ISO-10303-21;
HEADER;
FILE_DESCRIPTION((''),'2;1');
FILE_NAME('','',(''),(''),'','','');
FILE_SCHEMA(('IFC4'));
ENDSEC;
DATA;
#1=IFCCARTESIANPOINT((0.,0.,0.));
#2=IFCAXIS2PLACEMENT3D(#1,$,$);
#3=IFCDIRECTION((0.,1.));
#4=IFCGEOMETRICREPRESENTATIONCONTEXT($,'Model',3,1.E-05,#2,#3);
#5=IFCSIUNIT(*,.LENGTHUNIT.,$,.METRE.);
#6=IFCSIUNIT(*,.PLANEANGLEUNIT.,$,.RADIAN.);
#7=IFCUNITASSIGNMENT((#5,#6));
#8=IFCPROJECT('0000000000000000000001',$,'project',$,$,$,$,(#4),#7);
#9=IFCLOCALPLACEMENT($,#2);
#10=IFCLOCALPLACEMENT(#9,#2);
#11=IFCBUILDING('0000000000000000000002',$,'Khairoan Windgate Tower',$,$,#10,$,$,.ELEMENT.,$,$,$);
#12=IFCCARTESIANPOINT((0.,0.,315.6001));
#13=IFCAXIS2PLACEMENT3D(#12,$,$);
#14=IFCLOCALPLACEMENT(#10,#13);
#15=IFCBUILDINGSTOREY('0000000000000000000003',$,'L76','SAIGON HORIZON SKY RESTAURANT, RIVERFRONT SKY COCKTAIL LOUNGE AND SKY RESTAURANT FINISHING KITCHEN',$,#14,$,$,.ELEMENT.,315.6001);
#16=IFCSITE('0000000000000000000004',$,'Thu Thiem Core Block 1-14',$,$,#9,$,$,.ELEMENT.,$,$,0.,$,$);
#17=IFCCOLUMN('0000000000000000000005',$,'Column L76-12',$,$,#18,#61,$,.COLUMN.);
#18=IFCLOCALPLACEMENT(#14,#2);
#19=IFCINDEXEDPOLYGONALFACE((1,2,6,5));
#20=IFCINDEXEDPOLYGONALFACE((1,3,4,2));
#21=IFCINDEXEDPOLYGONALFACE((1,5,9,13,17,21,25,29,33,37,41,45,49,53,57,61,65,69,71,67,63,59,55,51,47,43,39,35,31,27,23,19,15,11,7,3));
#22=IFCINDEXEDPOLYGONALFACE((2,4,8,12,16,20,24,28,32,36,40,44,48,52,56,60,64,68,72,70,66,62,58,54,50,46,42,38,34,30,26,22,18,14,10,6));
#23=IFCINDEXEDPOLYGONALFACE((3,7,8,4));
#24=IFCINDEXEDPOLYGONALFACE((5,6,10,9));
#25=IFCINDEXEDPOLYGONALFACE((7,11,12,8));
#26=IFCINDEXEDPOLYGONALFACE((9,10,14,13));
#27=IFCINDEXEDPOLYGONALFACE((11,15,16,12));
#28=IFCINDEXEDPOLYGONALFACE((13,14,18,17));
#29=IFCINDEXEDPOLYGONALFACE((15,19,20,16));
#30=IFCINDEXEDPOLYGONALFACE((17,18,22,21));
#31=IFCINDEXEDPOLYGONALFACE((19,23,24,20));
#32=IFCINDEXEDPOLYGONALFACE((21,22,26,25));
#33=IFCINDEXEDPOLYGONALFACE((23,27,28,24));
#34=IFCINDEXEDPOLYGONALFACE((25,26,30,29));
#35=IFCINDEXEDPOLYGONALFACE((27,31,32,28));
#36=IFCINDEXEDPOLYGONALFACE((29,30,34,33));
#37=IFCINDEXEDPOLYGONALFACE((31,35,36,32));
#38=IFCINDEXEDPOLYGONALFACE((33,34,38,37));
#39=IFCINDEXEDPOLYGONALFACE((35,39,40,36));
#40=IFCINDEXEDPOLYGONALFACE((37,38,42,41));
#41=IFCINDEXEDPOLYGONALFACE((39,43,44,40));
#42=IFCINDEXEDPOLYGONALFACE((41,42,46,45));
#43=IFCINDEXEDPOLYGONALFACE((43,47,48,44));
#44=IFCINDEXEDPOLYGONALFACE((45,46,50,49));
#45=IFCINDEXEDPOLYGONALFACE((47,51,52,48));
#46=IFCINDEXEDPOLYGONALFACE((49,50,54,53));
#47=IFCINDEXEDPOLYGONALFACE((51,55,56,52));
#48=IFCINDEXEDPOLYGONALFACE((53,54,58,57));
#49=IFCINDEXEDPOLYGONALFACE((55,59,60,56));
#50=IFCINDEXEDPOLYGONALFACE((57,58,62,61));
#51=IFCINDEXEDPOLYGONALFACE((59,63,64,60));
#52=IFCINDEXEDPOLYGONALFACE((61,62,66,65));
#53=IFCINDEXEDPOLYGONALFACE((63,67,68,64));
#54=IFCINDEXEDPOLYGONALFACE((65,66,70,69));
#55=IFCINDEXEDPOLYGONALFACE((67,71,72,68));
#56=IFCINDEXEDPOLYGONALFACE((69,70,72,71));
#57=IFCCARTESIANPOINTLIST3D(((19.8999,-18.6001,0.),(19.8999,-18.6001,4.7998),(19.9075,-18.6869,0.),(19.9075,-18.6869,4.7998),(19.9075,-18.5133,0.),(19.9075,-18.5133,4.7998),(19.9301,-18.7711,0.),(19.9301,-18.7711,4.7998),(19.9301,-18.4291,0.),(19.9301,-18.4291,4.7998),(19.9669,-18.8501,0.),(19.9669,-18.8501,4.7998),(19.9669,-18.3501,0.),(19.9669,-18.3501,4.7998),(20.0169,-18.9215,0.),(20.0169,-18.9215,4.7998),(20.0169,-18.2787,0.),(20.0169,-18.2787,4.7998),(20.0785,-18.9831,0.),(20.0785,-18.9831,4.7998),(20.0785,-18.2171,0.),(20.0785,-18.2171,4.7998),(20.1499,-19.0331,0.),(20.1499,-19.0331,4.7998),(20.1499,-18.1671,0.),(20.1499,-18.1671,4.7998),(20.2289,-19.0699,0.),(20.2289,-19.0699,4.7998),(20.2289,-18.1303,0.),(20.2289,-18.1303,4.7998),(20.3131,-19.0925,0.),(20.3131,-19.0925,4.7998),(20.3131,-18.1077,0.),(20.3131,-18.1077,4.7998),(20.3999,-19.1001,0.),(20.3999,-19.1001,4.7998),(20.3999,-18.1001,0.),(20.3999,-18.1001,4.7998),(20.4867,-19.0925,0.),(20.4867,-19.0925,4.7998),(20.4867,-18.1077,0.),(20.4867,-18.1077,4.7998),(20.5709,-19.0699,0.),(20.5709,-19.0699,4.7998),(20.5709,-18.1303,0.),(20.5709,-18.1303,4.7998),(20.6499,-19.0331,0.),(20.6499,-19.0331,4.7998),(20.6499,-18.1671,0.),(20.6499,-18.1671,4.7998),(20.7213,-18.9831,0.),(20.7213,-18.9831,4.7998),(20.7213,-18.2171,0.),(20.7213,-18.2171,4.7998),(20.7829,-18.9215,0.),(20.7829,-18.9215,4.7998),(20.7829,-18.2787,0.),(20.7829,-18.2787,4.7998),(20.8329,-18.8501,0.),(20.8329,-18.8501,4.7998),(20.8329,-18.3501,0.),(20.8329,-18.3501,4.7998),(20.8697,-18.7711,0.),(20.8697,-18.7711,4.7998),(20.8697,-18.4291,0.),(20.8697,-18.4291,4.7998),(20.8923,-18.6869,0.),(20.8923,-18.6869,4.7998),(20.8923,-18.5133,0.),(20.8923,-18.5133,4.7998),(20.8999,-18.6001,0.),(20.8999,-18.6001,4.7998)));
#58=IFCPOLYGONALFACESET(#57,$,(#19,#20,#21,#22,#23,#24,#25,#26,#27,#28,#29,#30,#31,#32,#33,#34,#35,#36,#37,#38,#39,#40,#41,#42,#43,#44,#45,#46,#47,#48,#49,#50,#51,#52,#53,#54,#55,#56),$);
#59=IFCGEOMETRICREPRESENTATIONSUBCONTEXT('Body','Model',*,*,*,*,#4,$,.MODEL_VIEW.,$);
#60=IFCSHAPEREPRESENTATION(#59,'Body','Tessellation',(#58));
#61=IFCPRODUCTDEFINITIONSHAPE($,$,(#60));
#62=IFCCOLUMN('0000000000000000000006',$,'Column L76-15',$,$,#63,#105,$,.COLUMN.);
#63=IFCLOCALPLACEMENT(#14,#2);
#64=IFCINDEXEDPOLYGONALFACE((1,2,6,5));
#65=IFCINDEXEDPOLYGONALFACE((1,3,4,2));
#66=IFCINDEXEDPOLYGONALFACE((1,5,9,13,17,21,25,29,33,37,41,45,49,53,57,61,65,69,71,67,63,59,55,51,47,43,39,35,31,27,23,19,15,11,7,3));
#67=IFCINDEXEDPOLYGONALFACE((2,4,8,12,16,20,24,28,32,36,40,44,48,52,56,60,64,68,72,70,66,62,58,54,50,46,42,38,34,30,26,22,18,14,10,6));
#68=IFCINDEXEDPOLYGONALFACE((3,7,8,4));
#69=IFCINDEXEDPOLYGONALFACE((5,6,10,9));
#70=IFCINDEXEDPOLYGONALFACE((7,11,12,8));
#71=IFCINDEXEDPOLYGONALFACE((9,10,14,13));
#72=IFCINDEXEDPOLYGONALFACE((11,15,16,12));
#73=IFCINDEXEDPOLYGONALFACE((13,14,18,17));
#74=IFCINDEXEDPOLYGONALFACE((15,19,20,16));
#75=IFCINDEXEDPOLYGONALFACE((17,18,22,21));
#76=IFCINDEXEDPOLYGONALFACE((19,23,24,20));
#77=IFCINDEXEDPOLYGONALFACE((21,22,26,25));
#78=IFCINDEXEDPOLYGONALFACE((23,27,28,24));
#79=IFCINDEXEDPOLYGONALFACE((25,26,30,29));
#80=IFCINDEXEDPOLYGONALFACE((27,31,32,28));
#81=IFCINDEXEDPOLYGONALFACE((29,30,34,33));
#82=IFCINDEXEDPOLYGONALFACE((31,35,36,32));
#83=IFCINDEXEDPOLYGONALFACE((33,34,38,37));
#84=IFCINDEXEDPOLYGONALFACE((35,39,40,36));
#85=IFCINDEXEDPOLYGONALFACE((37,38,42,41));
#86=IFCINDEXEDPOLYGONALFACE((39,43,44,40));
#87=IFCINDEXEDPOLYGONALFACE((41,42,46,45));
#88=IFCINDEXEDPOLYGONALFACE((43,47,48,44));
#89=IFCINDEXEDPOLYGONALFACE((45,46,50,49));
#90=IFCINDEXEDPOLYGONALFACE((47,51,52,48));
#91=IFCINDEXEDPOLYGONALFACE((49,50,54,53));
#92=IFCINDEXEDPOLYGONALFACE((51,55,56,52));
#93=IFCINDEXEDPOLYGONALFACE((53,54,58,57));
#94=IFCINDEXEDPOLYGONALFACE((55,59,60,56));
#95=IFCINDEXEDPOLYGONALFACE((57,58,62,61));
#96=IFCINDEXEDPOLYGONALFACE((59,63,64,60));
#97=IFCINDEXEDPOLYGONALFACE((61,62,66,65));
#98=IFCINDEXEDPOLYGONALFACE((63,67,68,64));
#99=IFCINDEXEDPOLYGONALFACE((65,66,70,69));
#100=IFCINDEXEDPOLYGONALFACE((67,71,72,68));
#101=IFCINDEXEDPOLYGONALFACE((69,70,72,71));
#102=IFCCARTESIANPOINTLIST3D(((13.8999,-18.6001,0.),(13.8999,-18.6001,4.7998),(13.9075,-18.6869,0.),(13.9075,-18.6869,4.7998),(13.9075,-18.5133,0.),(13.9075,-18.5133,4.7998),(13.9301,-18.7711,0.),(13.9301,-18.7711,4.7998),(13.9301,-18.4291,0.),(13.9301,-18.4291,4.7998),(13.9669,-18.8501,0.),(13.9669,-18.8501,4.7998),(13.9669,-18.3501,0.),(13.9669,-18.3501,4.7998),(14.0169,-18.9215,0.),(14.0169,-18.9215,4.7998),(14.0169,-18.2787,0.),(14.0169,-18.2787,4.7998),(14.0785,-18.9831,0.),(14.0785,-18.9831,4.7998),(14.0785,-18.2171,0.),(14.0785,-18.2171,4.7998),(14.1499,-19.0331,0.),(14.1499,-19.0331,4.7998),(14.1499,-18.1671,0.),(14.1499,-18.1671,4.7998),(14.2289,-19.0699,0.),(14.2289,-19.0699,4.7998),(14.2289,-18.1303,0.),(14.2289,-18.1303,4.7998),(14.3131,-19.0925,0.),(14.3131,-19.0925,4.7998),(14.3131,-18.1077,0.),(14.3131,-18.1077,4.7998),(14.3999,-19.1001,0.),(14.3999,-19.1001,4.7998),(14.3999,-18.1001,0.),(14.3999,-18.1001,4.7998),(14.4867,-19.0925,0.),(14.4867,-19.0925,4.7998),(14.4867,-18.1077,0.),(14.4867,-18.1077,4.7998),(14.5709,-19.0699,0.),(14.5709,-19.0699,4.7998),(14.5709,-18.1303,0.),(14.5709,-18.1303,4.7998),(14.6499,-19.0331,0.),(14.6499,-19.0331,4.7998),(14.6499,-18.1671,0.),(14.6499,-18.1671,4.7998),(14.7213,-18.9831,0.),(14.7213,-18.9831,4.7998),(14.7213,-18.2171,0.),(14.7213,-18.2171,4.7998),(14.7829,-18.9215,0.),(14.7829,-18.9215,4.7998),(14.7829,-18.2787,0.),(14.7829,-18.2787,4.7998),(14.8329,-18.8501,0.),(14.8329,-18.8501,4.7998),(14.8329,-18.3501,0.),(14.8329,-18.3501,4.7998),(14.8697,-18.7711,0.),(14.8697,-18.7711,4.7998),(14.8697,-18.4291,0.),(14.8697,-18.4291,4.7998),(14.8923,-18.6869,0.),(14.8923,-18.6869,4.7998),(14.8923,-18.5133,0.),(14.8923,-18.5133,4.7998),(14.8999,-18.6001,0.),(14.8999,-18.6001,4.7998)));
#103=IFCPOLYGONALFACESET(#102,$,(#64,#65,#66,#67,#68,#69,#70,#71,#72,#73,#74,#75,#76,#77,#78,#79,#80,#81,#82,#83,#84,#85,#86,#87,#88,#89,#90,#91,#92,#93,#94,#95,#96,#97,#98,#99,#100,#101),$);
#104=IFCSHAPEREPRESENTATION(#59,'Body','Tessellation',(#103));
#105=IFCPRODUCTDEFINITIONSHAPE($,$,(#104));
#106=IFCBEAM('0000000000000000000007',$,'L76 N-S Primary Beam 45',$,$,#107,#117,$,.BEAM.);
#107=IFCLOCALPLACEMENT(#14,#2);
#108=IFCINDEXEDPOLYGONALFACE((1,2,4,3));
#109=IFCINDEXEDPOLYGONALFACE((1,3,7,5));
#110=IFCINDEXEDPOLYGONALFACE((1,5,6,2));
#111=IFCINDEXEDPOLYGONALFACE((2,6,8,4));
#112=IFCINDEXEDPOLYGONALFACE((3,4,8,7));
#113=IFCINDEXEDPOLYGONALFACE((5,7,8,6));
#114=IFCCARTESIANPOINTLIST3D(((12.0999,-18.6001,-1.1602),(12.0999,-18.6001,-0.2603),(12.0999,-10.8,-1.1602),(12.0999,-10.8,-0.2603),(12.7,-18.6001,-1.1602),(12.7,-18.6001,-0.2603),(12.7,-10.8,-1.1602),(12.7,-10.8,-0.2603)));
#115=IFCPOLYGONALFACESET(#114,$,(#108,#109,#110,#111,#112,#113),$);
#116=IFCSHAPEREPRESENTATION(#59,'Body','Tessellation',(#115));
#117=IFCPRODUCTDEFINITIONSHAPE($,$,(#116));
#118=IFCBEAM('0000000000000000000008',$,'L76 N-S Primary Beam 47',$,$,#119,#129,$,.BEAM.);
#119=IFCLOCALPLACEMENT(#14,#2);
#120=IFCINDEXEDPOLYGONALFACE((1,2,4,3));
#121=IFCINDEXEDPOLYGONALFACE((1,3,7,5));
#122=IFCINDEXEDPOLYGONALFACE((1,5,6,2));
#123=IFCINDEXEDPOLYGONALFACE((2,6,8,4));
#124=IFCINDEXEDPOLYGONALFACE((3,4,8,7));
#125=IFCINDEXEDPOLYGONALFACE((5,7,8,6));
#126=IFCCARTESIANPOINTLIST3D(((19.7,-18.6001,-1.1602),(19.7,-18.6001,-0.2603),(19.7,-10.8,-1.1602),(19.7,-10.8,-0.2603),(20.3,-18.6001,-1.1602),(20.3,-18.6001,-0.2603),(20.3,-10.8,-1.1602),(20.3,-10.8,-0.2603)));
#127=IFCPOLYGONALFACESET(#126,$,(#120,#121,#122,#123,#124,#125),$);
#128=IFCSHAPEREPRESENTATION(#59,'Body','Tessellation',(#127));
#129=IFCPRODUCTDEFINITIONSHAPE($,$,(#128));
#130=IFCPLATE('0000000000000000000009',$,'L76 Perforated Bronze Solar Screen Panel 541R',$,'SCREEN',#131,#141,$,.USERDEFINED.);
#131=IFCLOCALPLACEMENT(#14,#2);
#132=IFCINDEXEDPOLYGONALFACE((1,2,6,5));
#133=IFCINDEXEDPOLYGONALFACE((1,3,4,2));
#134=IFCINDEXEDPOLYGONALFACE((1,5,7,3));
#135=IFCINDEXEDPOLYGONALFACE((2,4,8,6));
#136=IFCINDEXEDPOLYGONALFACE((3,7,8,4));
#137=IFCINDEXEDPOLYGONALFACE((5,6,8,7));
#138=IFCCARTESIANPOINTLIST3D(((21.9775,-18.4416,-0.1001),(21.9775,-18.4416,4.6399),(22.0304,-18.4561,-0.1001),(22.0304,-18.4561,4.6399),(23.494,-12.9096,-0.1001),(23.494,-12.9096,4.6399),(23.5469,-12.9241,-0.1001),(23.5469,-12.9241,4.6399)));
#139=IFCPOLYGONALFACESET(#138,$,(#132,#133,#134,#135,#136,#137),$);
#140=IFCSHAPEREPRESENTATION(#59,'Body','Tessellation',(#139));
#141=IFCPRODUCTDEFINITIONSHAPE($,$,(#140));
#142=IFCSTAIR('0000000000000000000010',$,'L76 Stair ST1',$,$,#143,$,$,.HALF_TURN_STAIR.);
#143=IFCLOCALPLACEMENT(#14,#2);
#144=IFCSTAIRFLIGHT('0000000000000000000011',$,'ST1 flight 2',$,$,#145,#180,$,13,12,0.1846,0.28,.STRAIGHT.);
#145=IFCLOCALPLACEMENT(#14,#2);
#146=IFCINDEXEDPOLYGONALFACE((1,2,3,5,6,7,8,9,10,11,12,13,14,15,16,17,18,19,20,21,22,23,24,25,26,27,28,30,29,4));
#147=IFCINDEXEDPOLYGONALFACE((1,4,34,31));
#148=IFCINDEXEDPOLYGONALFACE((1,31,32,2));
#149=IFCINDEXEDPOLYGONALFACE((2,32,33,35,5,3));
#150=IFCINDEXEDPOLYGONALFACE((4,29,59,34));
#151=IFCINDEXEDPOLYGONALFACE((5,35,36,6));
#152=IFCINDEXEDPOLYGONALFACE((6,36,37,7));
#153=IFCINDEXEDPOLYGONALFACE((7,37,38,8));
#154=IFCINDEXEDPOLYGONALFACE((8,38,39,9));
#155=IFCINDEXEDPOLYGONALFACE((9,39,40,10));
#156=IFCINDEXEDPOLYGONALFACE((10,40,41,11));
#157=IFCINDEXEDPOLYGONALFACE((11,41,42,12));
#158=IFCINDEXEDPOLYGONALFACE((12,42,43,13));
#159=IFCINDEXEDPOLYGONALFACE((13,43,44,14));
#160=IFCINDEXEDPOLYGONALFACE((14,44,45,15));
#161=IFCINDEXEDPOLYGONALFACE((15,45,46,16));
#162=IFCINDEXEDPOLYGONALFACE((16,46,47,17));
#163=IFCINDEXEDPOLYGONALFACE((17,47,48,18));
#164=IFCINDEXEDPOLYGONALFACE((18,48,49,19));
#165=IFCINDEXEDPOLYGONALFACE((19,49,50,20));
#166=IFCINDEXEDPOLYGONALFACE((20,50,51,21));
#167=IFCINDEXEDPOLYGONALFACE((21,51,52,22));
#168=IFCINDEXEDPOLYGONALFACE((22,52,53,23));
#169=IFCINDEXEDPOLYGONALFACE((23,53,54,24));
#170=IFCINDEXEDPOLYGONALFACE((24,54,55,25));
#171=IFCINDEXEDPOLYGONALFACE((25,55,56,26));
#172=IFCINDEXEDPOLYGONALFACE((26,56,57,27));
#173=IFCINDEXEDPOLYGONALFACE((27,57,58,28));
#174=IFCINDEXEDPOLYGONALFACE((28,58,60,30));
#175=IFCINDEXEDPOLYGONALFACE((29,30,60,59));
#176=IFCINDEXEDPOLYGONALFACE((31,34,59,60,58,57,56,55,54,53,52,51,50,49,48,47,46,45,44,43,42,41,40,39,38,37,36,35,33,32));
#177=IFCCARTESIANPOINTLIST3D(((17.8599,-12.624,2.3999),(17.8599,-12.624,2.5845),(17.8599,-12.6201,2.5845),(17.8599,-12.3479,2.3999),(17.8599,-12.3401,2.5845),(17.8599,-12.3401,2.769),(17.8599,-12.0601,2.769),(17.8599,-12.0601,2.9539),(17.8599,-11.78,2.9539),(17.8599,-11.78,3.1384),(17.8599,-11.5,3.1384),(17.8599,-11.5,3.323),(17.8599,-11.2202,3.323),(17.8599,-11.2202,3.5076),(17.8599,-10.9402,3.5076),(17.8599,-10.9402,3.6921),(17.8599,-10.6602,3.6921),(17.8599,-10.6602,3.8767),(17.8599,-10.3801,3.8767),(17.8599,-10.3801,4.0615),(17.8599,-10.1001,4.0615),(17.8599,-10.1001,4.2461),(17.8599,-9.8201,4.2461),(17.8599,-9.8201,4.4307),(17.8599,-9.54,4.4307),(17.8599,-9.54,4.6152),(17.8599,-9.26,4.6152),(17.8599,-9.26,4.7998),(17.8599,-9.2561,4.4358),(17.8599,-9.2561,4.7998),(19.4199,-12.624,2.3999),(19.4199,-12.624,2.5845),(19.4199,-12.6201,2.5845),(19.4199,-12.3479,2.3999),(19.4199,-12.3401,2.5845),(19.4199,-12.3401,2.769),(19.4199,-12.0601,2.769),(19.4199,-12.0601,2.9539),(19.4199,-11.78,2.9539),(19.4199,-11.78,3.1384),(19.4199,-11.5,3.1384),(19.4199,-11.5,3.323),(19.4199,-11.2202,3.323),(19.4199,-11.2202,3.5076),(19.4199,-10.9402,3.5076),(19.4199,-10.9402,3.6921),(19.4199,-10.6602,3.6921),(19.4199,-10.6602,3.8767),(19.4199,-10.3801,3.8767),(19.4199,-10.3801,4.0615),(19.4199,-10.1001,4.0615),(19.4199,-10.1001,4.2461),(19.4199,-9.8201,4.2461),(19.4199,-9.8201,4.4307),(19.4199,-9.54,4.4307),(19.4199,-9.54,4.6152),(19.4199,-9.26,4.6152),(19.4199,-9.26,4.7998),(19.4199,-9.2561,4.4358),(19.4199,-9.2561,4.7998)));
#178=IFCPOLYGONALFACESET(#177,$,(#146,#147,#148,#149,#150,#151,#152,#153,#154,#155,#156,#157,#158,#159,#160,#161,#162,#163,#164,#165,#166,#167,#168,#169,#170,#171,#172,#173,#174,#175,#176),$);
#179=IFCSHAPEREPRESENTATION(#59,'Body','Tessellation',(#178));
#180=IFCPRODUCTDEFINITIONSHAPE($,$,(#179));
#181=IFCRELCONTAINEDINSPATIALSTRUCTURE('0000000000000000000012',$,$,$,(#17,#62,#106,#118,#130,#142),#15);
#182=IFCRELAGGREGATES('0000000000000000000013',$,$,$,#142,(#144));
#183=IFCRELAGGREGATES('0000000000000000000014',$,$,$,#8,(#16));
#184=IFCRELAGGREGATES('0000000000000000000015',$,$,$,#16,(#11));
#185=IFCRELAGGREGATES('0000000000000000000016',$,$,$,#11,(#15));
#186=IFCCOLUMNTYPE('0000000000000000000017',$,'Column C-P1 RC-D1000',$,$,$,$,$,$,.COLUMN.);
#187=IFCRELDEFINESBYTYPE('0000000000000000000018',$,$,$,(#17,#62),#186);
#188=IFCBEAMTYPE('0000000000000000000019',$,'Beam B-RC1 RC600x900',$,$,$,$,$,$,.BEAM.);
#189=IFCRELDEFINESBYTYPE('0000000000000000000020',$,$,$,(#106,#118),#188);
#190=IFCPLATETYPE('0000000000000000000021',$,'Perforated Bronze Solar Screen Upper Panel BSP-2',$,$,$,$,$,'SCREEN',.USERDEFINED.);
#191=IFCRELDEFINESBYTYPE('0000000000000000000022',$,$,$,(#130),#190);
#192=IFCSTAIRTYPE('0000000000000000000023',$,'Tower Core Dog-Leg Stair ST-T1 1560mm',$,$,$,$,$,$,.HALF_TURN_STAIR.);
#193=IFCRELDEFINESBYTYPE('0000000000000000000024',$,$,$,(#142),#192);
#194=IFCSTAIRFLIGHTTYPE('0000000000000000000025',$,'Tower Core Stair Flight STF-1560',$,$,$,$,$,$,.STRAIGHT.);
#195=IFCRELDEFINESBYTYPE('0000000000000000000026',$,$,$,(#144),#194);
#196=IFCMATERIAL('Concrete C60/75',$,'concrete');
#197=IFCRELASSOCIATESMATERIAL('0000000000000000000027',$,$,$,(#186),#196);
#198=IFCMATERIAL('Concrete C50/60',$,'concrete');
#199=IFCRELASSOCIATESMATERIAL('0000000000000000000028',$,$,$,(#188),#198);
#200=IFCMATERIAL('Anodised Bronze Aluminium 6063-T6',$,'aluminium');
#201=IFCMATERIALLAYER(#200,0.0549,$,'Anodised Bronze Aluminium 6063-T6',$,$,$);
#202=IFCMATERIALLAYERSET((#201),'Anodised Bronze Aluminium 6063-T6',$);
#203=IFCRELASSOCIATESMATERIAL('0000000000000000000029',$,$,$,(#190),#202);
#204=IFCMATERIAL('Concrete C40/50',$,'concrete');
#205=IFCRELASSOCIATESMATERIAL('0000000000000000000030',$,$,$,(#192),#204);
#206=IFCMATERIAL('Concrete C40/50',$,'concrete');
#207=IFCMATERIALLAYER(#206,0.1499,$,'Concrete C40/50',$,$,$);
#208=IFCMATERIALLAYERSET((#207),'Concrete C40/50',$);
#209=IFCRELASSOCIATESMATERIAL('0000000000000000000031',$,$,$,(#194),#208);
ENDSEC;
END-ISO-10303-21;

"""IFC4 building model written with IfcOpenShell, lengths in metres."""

from ifc_helpers import new_model, si_unit, direction, frame, origin, origin_2d, place, context, subcontext, project, spatial, polyline, rectangle, circle, outline, extrude, material, layer, layer_set, material_profile, profile_set, type_object, element, aggregate, save


model = new_model("IFC4")

# Units and contexts
model_context = context("Model", 3, precision=1e-05, world=origin(), true_north=direction((0.0, 1.0)))
body_context = subcontext(model_context, "Body", "Model", "MODEL_VIEW")
ifc_project = project(units=[si_unit("LENGTHUNIT", "METRE"), si_unit("PLANEANGLEUNIT", "RADIAN")], contexts=[model_context])

# Site, building, storey
site_placement = place(None, origin())
site = spatial("IfcSite", under=ifc_project, at=site_placement, Name="Thu Thiem Core Block 1-14", CompositionType="ELEMENT", RefElevation=0.0)
building_placement = place(site_placement, origin())
building = spatial("IfcBuilding", under=site, at=building_placement, Name="Khairoan Windgate Tower", CompositionType="ELEMENT")
storey_placement = place(building_placement, frame((0.0, 0.0, 315.6001)))
storey = spatial("IfcBuildingStorey", under=building, at=storey_placement, Name="L76", Description="SAIGON HORIZON SKY RESTAURANT, RIVERFRONT SKY COCKTAIL LOUNGE AND SKY RESTAURANT FINISHING KITCHEN", CompositionType="ELEMENT", Elevation=315.6001)

# Columns
ifc_material_1 = material(Name="Concrete C60/75", Category="concrete")
ifc_material_profile_1 = material_profile(ifc_material_1, circle(Radius=0.5, at=origin_2d()))
ifc_profile_set_1 = profile_set([ifc_material_profile_1], Name="Concrete C60/75")
column_type = type_object("IfcColumnType", Name="Column C-P1 RC-D1000", PredefinedType="COLUMN", material=ifc_profile_set_1)
for number, where, z_axis, x_axis, name in (
    (1, (20.3999, -18.6001, 0.0), (0.0, 0.0, 1.0), (1.0, 0.0, 0.0), "Column L76-12"),
    (2, (14.3999, -18.6001, 0.0), (0.0, 0.0, 1.0), (1.0, 0.0, 0.0), "Column L76-15"),
):
    element("IfcColumn", number, at=place(storey_placement, frame(where, z_axis=z_axis, x_axis=x_axis)), inside=storey, type_object=column_type, Name=name, PredefinedType="COLUMN", context=body_context, shape_type="SweptSolid", body=[
        extrude(circle(Radius=0.5, at=origin_2d()), origin(), (0.0, 0.0, 1.0), 4.7998),
    ])

# Beams
ifc_material_2 = material(Name="Concrete C50/60", Category="concrete")
ifc_material_profile_2 = material_profile(ifc_material_2, rectangle(XDim=0.6001, YDim=0.8999, at=origin_2d()))
ifc_profile_set_2 = profile_set([ifc_material_profile_2], Name="Concrete C50/60")
beam_type = type_object("IfcBeamType", Name="Beam B-RC1 RC600x900", PredefinedType="BEAM", material=ifc_profile_set_2)
for number, where, z_axis, x_axis, name in (
    (3, (12.3999, -18.6001, -0.7102), (0.0, 1.0, 0.0), (-1.0, 0.0, 0.0), "L76 N-S Primary Beam 45"),
    (4, (20.0, -18.6001, -0.7102), (0.0, 1.0, 0.0), (-1.0, 0.0, 0.0), "L76 N-S Primary Beam 47"),
):
    element("IfcBeam", number, at=place(storey_placement, frame(where, z_axis=z_axis, x_axis=x_axis)), inside=storey, type_object=beam_type, Name=name, PredefinedType="BEAM", context=body_context, shape_type="SweptSolid", body=[
        extrude(rectangle(XDim=0.6001, YDim=0.8999, at=origin_2d()), origin(), (0.0, 0.0, 1.0), 7.8),
    ])

# Plate
ifc_material_3 = material(Name="Anodised Bronze Aluminium 6063-T6", Category="aluminium")
ifc_layer_1 = layer(ifc_material_3, 0.0549, Name="Anodised Bronze Aluminium 6063-T6")
ifc_layer_set_1 = layer_set([ifc_layer_1], Name="Anodised Bronze Aluminium 6063-T6")
plate_type = type_object("IfcPlateType", Name="Perforated Bronze Solar Screen Upper Panel BSP-2", ElementType="SCREEN", PredefinedType="USERDEFINED", material=ifc_layer_set_1)
plate_placement = place(storey_placement, frame((22.7622, -15.6829, -0.1001), z_axis=(0.0, 0.0, 1.0), x_axis=(-0.264378, -0.964419, 0.0)))
element("IfcPlate", 5, at=plate_placement, inside=storey, type_object=plate_type, Name="L76 Perforated Bronze Solar Screen Panel 541R", ObjectType="SCREEN", PredefinedType="USERDEFINED", context=body_context, shape_type="SweptSolid", body=[
    extrude(rectangle(XDim=5.7361, YDim=0.0549, at=origin_2d()), origin(), (0.0, 0.0, 1.0), 4.74),
])

# Stair, stair flight
ifc_material_4 = material(Name="Concrete C40/50", Category="concrete")
stair_type = type_object("IfcStairType", Name="Tower Core Dog-Leg Stair ST-T1 1560mm", PredefinedType="HALF_TURN_STAIR", material=ifc_material_4)
stair_placement = place(storey_placement, origin())
stair = element("IfcStair", 6, at=stair_placement, inside=storey, type_object=stair_type, Name="L76 Stair ST1", PredefinedType="HALF_TURN_STAIR")
ifc_material_5 = material(Name="Concrete C40/50", Category="concrete")
ifc_layer_2 = layer(ifc_material_5, 0.1499, Name="Concrete C40/50")
ifc_layer_set_2 = layer_set([ifc_layer_2], Name="Concrete C40/50")
stair_flight_type = type_object("IfcStairFlightType", Name="Tower Core Stair Flight STF-1560", PredefinedType="STRAIGHT", material=ifc_layer_set_2)
stair_flight_placement = place(storey_placement, frame((18.6399, -12.6201, 2.3999), z_axis=(0.0, 0.0, 1.0), x_axis=(0.0, 1.0, 0.0)))
stair_flight = element("IfcStairFlight", 7, at=stair_flight_placement, type_object=stair_flight_type, Name="ST1 flight 2", NumberOfRisers=13, NumberOfTreads=12, PredefinedType="STRAIGHT", RiserHeight=0.1846, TreadLength=0.28, context=body_context, shape_type="SweptSolid", body=[
    extrude(outline(polyline([(-0.0039, 0.0), (-0.0039, 0.1846), (0.0, 0.1846), (0.28, 0.1846), (0.28, 0.3691), (0.5601, 0.3691), (0.5601, 0.554), (0.8401, 0.554), (0.8401, 0.7385), (1.1201, 0.7385), (1.1201, 0.9231), (1.3999, 0.9231), (1.3999, 1.1077), (1.6799, 1.1077), (1.6799, 1.2922), (1.96, 1.2922), (1.96, 1.4768), (2.24, 1.4768), (2.24, 1.6616), (2.52, 1.6616), (2.52, 1.8462), (2.8, 1.8462), (2.8, 2.0308), (3.0801, 2.0308), (3.0801, 2.2153), (3.3601, 2.2153), (3.3601, 2.3999), (3.364, 2.3999), (3.364, 2.0359), (0.2722, 0.0), (-0.0039, 0.0)])), frame((0.0, 0.78, 0.0), z_axis=(0.0, -1.0, 0.0), x_axis=(1.0, 0.0, 0.0)), (0.0, 0.0, 1.0), 1.5601),
])
aggregate(stair, [stair_flight])

save(model, "model.ifc")
